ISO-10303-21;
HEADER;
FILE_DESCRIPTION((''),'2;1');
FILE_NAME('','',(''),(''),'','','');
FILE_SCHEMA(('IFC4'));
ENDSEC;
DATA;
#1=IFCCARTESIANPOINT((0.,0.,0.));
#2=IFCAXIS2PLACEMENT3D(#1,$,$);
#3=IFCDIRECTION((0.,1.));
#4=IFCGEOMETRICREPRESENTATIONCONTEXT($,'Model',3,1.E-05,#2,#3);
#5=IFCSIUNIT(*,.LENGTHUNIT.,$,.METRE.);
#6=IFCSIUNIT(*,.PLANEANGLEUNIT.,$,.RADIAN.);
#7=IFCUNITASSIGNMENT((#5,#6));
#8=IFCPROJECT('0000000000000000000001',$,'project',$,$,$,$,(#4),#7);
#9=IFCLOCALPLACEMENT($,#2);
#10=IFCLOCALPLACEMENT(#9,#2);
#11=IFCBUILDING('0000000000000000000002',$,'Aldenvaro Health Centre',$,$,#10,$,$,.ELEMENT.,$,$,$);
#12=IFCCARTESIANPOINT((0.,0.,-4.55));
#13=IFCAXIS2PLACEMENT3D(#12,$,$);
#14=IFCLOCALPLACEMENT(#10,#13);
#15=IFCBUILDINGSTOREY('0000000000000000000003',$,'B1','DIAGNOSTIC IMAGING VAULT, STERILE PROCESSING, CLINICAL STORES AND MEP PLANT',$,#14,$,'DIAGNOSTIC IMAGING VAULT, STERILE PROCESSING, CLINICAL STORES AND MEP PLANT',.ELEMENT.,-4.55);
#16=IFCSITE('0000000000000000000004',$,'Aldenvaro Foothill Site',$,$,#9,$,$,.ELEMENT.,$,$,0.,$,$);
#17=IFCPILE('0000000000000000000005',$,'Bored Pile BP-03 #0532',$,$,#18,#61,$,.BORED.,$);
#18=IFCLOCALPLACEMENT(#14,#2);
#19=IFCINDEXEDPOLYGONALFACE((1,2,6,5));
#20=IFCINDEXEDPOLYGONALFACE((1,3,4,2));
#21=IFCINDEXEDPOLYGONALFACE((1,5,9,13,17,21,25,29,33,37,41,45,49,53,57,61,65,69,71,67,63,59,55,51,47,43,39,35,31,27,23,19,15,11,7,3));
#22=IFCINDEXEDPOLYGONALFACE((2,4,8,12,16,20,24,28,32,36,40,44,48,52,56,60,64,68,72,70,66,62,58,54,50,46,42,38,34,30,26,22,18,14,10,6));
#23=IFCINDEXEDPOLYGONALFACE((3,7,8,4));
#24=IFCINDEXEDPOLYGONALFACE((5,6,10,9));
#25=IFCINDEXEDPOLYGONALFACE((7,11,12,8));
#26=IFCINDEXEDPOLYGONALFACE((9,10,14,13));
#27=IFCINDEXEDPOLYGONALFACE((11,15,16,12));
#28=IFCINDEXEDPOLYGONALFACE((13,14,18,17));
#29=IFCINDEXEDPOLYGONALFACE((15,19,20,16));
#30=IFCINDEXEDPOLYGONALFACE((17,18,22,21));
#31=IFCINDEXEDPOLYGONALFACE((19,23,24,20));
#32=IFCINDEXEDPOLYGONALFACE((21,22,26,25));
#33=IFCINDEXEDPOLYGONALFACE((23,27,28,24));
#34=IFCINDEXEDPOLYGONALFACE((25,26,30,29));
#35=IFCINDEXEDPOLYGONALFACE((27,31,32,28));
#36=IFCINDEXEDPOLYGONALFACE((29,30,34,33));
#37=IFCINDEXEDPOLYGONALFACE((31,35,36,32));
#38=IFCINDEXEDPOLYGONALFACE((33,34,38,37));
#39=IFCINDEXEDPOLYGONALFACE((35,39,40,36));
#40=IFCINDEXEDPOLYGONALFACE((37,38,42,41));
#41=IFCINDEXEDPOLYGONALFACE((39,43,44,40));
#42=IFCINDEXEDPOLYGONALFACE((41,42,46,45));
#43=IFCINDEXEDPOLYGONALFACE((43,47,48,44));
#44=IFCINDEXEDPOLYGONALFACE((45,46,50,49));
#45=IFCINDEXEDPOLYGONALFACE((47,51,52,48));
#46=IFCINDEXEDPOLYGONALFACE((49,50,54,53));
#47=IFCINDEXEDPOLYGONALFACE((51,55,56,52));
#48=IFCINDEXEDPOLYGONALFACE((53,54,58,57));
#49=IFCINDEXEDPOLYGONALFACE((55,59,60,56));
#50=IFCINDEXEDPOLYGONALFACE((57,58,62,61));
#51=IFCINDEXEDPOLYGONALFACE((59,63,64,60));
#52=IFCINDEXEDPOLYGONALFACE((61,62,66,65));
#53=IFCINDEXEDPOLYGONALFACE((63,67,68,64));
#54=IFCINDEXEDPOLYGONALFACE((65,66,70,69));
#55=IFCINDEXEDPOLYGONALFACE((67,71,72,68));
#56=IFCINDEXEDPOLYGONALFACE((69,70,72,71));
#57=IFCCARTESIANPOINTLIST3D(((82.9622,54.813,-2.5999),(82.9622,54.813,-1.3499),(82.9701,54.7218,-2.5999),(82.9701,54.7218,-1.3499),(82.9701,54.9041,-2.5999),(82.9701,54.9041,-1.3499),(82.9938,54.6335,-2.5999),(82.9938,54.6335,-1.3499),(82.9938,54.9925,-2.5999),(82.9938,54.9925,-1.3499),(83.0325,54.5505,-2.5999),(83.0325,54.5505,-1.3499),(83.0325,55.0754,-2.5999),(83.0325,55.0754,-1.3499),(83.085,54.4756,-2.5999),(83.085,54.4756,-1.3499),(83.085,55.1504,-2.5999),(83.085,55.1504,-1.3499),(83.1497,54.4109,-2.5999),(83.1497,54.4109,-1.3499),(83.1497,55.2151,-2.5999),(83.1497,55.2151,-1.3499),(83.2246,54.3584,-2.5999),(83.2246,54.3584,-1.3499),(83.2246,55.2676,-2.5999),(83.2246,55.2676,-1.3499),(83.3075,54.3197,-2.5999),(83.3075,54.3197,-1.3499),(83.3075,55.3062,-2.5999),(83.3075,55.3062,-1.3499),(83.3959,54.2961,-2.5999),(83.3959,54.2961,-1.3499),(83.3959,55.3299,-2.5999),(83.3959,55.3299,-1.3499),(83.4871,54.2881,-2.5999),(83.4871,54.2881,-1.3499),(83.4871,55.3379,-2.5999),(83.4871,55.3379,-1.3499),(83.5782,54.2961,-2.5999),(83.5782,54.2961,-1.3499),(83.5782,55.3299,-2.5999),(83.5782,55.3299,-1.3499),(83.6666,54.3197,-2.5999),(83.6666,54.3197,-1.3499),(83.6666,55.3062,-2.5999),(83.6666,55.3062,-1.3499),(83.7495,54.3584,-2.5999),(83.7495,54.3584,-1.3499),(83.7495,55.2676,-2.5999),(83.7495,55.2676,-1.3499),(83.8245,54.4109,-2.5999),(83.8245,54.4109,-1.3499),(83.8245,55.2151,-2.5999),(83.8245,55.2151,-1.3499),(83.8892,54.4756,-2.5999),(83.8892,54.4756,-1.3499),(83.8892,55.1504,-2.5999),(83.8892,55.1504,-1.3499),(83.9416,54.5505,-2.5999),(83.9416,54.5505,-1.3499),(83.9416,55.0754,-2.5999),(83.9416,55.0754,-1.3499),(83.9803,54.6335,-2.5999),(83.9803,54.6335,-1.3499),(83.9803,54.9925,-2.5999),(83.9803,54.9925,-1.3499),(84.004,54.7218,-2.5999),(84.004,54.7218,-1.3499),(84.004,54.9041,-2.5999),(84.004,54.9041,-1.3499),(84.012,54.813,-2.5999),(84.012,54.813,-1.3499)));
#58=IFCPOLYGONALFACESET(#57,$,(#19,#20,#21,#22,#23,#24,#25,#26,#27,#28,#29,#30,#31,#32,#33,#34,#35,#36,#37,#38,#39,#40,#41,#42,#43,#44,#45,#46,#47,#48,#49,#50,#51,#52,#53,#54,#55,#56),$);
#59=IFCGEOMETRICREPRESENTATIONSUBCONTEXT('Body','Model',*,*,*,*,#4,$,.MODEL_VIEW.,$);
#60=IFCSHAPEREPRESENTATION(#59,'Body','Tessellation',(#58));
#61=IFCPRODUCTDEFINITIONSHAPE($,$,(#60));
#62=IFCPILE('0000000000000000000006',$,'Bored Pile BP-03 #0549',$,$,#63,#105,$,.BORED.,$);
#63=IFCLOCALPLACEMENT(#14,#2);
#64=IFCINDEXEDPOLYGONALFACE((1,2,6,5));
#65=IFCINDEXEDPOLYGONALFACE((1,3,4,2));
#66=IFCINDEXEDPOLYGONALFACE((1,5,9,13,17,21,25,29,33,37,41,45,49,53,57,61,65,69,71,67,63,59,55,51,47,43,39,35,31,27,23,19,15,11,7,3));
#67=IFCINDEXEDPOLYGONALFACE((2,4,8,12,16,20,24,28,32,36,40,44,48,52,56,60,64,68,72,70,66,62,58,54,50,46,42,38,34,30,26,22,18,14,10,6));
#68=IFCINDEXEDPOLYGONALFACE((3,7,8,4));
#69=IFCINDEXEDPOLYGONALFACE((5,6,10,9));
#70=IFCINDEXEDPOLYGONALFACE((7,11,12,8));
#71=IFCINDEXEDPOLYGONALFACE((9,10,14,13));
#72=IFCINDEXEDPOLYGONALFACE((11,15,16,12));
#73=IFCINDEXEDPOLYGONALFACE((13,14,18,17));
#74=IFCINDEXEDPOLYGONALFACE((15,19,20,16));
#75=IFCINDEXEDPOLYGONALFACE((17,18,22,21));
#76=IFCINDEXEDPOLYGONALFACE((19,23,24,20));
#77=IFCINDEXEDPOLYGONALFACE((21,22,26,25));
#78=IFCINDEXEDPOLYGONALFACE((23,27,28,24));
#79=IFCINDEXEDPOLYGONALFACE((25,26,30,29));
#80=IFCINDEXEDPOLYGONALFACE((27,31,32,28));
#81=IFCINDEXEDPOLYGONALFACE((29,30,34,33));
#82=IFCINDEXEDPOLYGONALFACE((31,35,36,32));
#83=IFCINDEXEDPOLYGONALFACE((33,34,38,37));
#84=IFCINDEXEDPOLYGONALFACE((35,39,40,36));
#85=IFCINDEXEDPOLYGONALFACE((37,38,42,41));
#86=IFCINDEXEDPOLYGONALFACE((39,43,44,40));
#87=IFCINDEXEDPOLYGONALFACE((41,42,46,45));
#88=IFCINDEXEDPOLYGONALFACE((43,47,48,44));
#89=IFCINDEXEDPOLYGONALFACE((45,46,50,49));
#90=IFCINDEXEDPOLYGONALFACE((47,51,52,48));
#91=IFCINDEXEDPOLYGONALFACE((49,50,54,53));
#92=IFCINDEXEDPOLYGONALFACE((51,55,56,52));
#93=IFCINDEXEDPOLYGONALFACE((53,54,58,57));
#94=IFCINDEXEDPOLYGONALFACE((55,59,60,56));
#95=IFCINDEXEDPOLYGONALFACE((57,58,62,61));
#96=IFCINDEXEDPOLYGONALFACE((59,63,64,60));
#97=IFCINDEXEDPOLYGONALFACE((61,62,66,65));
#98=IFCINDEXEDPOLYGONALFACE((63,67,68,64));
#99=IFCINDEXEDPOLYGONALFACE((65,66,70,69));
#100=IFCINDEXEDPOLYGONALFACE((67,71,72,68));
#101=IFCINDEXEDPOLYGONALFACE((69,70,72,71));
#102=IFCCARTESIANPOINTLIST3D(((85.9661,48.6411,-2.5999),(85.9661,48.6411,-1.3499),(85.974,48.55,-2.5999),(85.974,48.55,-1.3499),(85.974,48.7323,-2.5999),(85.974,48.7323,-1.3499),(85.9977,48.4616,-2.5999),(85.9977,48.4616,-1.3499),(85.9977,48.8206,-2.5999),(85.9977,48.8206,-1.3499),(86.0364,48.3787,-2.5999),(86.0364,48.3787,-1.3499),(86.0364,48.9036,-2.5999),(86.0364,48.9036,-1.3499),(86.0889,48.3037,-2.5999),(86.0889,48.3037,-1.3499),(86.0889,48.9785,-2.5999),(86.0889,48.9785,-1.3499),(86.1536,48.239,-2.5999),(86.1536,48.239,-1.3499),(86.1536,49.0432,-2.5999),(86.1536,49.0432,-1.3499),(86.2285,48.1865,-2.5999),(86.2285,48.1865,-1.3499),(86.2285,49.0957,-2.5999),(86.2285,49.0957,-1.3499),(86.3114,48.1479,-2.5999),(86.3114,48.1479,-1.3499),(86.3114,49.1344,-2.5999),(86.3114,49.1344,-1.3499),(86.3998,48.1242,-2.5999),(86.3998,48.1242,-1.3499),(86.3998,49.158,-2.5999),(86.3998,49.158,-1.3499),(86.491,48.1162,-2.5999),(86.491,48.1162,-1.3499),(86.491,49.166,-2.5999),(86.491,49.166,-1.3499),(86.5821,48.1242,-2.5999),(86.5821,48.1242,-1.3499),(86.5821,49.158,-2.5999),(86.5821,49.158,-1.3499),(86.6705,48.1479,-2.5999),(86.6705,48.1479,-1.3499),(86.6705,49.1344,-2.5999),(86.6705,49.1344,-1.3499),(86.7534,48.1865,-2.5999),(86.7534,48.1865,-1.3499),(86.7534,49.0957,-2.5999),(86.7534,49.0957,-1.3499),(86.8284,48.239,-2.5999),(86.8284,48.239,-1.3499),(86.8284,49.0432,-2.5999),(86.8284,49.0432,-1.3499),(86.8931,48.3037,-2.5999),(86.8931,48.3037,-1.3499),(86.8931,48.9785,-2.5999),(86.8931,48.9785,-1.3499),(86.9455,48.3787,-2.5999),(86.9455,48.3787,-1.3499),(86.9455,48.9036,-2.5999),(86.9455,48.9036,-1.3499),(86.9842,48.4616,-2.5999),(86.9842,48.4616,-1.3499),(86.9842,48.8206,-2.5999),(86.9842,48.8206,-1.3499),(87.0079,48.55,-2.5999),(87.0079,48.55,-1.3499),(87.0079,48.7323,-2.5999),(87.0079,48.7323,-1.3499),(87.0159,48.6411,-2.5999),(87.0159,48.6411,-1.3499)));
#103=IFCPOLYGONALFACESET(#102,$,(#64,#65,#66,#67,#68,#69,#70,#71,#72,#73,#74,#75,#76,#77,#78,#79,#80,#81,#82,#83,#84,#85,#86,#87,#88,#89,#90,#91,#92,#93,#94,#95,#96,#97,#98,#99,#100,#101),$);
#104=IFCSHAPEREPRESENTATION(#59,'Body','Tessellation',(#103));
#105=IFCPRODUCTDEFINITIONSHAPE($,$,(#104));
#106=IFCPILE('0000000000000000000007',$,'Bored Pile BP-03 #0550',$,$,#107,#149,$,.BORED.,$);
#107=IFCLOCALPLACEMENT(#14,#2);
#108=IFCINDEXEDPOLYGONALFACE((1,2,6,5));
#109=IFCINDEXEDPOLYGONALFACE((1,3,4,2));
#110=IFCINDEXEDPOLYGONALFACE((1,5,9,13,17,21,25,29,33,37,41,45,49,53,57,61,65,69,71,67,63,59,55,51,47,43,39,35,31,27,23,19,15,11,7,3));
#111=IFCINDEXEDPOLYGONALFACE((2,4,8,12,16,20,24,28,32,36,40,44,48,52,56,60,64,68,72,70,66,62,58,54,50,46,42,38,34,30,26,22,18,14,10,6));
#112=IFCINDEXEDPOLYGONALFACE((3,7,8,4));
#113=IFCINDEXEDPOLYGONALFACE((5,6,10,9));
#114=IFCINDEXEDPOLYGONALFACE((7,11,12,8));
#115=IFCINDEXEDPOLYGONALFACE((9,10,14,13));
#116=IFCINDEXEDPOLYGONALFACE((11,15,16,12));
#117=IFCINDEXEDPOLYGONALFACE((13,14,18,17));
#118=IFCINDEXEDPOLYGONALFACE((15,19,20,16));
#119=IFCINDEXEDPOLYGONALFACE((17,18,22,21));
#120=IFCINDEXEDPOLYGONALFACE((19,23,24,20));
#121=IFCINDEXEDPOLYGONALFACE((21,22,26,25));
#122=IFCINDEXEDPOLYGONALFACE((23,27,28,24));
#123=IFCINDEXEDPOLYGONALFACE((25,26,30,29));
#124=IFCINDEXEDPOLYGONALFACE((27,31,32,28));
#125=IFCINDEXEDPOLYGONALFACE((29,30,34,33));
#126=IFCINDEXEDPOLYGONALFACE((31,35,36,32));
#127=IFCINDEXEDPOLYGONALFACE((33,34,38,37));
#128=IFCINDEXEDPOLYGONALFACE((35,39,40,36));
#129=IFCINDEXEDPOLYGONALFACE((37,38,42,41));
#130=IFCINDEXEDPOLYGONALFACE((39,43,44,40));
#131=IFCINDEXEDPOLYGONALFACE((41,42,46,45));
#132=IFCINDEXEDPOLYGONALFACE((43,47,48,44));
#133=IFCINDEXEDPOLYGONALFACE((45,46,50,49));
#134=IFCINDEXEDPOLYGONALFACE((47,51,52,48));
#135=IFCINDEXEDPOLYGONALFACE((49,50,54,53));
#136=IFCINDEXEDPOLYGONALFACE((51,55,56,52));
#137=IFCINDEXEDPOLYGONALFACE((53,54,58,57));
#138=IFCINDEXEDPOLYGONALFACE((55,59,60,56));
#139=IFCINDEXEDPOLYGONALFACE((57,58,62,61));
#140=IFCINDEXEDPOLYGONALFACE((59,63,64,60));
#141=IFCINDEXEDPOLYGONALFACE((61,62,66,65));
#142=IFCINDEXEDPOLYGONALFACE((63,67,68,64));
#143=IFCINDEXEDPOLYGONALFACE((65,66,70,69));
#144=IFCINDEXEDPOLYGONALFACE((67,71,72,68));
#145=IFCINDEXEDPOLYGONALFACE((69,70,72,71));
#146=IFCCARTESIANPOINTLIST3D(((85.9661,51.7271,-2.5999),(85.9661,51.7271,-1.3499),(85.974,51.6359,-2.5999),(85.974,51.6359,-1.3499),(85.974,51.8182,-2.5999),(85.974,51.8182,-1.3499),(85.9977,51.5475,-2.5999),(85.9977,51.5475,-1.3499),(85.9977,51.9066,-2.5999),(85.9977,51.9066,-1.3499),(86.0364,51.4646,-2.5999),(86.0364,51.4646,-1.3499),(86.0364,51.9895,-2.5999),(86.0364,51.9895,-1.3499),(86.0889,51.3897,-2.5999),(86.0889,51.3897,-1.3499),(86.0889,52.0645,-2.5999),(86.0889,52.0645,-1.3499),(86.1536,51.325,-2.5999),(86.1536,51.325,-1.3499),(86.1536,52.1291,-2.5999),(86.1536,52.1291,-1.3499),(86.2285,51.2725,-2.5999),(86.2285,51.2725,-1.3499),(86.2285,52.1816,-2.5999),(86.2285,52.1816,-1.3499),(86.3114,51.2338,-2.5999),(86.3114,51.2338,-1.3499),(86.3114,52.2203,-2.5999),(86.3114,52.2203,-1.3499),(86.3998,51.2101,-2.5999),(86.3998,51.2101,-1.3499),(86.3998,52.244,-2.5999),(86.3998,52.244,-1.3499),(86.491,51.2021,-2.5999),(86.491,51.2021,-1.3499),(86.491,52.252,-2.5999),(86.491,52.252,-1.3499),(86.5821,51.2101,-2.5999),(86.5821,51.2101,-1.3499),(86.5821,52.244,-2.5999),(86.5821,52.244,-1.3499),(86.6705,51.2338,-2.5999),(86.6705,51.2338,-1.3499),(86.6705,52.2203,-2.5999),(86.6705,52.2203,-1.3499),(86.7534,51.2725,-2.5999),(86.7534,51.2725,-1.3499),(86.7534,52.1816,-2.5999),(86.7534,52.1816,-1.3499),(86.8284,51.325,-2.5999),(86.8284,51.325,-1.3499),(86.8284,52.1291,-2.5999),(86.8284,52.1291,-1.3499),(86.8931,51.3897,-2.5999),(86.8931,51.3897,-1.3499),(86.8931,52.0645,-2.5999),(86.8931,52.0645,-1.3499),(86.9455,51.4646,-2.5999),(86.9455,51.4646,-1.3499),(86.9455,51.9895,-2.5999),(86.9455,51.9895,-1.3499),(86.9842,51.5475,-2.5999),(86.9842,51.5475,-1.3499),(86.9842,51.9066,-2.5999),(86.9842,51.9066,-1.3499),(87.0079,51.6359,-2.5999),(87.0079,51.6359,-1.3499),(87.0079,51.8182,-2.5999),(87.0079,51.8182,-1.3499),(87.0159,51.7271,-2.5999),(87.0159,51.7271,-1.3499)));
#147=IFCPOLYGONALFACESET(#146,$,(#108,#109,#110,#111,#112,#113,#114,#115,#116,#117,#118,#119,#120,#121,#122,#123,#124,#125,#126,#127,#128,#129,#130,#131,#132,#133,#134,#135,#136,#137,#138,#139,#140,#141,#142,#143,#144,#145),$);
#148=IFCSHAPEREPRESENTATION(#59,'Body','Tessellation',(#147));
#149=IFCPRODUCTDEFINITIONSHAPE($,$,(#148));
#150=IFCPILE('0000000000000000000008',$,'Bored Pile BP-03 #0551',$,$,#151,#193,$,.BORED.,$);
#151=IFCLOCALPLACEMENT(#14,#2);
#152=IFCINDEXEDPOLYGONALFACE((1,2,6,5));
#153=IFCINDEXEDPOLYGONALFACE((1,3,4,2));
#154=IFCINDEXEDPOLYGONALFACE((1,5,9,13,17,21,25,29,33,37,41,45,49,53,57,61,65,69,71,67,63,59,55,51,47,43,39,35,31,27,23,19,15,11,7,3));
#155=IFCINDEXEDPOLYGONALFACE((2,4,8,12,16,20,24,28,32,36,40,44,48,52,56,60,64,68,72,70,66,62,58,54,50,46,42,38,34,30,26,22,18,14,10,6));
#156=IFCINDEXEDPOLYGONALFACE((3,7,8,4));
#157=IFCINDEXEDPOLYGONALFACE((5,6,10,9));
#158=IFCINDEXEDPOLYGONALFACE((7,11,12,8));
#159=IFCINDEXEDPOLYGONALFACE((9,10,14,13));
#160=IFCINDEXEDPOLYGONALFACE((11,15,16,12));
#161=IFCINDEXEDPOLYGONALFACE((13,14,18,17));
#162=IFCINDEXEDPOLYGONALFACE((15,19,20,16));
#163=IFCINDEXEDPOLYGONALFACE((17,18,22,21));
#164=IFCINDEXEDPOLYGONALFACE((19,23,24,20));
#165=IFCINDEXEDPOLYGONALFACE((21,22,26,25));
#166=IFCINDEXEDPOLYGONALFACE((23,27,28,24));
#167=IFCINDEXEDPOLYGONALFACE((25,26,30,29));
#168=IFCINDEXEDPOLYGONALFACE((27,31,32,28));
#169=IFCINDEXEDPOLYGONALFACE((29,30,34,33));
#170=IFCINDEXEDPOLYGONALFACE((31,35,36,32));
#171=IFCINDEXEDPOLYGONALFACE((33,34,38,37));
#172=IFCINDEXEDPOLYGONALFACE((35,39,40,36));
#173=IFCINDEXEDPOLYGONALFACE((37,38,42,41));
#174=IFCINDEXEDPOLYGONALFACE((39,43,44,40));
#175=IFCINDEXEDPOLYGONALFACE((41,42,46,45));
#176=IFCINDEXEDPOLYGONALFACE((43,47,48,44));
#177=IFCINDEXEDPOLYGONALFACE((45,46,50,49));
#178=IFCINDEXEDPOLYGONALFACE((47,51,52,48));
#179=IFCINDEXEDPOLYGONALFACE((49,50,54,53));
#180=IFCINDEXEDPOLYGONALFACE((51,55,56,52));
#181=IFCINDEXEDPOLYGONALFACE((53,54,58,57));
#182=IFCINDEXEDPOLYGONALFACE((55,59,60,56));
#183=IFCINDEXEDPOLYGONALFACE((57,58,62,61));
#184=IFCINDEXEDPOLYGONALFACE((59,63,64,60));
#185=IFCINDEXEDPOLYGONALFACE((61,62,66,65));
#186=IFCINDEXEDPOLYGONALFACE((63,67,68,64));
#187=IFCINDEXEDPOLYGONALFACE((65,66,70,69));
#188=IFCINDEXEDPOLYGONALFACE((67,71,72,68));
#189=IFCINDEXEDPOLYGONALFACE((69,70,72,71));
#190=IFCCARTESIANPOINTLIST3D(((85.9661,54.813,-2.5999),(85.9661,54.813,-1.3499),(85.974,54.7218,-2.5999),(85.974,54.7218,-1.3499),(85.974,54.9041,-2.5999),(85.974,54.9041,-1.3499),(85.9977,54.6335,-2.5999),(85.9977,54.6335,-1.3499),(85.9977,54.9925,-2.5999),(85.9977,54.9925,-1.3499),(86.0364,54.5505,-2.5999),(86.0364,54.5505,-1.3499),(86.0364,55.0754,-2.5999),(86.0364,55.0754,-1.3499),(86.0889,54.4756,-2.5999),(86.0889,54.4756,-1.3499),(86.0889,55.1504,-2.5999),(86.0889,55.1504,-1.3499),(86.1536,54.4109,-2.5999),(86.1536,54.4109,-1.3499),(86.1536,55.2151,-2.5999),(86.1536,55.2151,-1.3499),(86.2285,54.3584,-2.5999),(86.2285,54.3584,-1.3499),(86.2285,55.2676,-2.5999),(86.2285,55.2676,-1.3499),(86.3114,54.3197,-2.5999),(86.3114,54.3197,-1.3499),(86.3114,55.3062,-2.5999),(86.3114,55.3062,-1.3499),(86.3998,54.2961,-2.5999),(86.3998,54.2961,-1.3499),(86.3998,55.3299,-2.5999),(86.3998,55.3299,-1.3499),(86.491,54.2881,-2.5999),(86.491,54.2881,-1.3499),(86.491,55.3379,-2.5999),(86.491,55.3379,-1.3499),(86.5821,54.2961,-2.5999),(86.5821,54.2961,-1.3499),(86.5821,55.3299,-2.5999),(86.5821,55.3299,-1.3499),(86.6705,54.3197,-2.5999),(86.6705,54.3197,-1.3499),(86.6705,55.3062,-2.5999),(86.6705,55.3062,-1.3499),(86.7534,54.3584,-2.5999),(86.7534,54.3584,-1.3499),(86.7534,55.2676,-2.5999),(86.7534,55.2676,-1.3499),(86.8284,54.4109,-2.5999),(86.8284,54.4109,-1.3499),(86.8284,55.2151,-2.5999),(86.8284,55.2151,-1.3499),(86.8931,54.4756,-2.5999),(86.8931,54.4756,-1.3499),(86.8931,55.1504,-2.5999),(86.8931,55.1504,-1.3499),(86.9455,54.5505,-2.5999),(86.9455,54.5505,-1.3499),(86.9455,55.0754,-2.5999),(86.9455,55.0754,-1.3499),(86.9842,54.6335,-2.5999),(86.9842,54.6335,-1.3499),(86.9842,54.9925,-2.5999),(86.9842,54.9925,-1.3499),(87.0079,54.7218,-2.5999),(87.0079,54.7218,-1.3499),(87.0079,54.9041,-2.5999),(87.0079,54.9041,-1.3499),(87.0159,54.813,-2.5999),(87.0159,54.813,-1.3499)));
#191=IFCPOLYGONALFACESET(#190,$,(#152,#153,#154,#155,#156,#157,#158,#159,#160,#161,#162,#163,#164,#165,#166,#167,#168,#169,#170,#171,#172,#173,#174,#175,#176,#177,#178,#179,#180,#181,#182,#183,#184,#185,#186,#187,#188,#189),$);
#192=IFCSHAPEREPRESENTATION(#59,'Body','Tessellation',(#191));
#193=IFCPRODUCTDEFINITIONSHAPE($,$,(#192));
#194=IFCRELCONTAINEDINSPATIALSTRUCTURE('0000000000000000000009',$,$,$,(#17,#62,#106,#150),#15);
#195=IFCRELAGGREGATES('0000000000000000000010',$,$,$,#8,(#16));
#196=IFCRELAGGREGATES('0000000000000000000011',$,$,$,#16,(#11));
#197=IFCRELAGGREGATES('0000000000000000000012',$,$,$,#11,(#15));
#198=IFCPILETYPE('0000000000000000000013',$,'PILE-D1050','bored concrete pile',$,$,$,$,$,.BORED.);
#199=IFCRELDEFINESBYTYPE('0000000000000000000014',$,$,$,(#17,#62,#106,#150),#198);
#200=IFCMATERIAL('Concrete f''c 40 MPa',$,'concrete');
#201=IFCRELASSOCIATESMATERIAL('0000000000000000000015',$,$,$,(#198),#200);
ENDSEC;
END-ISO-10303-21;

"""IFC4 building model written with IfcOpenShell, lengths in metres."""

from ifc_helpers import new_model, si_unit, direction, frame, origin, origin_2d, place, context, subcontext, project, spatial, circle, extrude, material, material_profile, profile_set, type_object, element, save


model = new_model("IFC4")

# Units and contexts
model_context = context("Model", 3, precision=1e-05, world=origin(), true_north=direction((0.0, 1.0)))
body_context = subcontext(model_context, "Body", "Model", "MODEL_VIEW")
ifc_project = project(units=[si_unit("LENGTHUNIT", "METRE"), si_unit("PLANEANGLEUNIT", "RADIAN")], contexts=[model_context])

# Site, building, storey
site_placement = place(None, origin())
site = spatial("IfcSite", under=ifc_project, at=site_placement, Name="Aldenvaro Foothill Site", CompositionType="ELEMENT", RefElevation=0.0)
building_placement = place(site_placement, origin())
building = spatial("IfcBuilding", under=site, at=building_placement, Name="Aldenvaro Health Centre", CompositionType="ELEMENT")
storey_placement = place(building_placement, frame((0.0, 0.0, -4.55)))
storey = spatial("IfcBuildingStorey", under=building, at=storey_placement, Name="B1", Description="DIAGNOSTIC IMAGING VAULT, STERILE PROCESSING, CLINICAL STORES AND MEP PLANT", LongName="DIAGNOSTIC IMAGING VAULT, STERILE PROCESSING, CLINICAL STORES AND MEP PLANT", CompositionType="ELEMENT", Elevation=-4.55)

# Piles
ifc_material = material(Name="Concrete f'c 40 MPa", Category="concrete")
ifc_material_profile_1 = material_profile(ifc_material, circle(Radius=0.5249, at=origin_2d()), Name="PILE D1050", Category="concrete")
ifc_profile_set_1 = profile_set([ifc_material_profile_1], Name="Concrete f'c 40 MPa")
pile_type = type_object("IfcPileType", Name="PILE-D1050", Description="bored concrete pile", PredefinedType="BORED", material=ifc_profile_set_1)
for number, where, z_axis, x_axis, name in (
    (1, (83.4871, 54.813, -1.3499), (0.0, 0.0, -1.0), (1.0, 0.0, 0.0), "Bored Pile BP-03 #0532"),
    (2, (86.491, 48.6411, -1.3499), (0.0, 0.0, -1.0), (1.0, 0.0, 0.0), "Bored Pile BP-03 #0549"),
    (3, (86.491, 51.7271, -1.3499), (0.0, 0.0, -1.0), (1.0, 0.0, 0.0), "Bored Pile BP-03 #0550"),
    (4, (86.491, 54.813, -1.3499), (0.0, 0.0, -1.0), (1.0, 0.0, 0.0), "Bored Pile BP-03 #0551"),
):
    element("IfcPile", number, at=place(storey_placement, frame(where, z_axis=z_axis, x_axis=x_axis)), inside=storey, type_object=pile_type, Name=name, PredefinedType="BORED", context=body_context, shape_type="SweptSolid", body=[
        extrude(circle(Radius=0.5249, at=origin_2d()), origin(), (0.0, 0.0, 1.0), 1.25),
    ])

save(model, "model.ifc")
